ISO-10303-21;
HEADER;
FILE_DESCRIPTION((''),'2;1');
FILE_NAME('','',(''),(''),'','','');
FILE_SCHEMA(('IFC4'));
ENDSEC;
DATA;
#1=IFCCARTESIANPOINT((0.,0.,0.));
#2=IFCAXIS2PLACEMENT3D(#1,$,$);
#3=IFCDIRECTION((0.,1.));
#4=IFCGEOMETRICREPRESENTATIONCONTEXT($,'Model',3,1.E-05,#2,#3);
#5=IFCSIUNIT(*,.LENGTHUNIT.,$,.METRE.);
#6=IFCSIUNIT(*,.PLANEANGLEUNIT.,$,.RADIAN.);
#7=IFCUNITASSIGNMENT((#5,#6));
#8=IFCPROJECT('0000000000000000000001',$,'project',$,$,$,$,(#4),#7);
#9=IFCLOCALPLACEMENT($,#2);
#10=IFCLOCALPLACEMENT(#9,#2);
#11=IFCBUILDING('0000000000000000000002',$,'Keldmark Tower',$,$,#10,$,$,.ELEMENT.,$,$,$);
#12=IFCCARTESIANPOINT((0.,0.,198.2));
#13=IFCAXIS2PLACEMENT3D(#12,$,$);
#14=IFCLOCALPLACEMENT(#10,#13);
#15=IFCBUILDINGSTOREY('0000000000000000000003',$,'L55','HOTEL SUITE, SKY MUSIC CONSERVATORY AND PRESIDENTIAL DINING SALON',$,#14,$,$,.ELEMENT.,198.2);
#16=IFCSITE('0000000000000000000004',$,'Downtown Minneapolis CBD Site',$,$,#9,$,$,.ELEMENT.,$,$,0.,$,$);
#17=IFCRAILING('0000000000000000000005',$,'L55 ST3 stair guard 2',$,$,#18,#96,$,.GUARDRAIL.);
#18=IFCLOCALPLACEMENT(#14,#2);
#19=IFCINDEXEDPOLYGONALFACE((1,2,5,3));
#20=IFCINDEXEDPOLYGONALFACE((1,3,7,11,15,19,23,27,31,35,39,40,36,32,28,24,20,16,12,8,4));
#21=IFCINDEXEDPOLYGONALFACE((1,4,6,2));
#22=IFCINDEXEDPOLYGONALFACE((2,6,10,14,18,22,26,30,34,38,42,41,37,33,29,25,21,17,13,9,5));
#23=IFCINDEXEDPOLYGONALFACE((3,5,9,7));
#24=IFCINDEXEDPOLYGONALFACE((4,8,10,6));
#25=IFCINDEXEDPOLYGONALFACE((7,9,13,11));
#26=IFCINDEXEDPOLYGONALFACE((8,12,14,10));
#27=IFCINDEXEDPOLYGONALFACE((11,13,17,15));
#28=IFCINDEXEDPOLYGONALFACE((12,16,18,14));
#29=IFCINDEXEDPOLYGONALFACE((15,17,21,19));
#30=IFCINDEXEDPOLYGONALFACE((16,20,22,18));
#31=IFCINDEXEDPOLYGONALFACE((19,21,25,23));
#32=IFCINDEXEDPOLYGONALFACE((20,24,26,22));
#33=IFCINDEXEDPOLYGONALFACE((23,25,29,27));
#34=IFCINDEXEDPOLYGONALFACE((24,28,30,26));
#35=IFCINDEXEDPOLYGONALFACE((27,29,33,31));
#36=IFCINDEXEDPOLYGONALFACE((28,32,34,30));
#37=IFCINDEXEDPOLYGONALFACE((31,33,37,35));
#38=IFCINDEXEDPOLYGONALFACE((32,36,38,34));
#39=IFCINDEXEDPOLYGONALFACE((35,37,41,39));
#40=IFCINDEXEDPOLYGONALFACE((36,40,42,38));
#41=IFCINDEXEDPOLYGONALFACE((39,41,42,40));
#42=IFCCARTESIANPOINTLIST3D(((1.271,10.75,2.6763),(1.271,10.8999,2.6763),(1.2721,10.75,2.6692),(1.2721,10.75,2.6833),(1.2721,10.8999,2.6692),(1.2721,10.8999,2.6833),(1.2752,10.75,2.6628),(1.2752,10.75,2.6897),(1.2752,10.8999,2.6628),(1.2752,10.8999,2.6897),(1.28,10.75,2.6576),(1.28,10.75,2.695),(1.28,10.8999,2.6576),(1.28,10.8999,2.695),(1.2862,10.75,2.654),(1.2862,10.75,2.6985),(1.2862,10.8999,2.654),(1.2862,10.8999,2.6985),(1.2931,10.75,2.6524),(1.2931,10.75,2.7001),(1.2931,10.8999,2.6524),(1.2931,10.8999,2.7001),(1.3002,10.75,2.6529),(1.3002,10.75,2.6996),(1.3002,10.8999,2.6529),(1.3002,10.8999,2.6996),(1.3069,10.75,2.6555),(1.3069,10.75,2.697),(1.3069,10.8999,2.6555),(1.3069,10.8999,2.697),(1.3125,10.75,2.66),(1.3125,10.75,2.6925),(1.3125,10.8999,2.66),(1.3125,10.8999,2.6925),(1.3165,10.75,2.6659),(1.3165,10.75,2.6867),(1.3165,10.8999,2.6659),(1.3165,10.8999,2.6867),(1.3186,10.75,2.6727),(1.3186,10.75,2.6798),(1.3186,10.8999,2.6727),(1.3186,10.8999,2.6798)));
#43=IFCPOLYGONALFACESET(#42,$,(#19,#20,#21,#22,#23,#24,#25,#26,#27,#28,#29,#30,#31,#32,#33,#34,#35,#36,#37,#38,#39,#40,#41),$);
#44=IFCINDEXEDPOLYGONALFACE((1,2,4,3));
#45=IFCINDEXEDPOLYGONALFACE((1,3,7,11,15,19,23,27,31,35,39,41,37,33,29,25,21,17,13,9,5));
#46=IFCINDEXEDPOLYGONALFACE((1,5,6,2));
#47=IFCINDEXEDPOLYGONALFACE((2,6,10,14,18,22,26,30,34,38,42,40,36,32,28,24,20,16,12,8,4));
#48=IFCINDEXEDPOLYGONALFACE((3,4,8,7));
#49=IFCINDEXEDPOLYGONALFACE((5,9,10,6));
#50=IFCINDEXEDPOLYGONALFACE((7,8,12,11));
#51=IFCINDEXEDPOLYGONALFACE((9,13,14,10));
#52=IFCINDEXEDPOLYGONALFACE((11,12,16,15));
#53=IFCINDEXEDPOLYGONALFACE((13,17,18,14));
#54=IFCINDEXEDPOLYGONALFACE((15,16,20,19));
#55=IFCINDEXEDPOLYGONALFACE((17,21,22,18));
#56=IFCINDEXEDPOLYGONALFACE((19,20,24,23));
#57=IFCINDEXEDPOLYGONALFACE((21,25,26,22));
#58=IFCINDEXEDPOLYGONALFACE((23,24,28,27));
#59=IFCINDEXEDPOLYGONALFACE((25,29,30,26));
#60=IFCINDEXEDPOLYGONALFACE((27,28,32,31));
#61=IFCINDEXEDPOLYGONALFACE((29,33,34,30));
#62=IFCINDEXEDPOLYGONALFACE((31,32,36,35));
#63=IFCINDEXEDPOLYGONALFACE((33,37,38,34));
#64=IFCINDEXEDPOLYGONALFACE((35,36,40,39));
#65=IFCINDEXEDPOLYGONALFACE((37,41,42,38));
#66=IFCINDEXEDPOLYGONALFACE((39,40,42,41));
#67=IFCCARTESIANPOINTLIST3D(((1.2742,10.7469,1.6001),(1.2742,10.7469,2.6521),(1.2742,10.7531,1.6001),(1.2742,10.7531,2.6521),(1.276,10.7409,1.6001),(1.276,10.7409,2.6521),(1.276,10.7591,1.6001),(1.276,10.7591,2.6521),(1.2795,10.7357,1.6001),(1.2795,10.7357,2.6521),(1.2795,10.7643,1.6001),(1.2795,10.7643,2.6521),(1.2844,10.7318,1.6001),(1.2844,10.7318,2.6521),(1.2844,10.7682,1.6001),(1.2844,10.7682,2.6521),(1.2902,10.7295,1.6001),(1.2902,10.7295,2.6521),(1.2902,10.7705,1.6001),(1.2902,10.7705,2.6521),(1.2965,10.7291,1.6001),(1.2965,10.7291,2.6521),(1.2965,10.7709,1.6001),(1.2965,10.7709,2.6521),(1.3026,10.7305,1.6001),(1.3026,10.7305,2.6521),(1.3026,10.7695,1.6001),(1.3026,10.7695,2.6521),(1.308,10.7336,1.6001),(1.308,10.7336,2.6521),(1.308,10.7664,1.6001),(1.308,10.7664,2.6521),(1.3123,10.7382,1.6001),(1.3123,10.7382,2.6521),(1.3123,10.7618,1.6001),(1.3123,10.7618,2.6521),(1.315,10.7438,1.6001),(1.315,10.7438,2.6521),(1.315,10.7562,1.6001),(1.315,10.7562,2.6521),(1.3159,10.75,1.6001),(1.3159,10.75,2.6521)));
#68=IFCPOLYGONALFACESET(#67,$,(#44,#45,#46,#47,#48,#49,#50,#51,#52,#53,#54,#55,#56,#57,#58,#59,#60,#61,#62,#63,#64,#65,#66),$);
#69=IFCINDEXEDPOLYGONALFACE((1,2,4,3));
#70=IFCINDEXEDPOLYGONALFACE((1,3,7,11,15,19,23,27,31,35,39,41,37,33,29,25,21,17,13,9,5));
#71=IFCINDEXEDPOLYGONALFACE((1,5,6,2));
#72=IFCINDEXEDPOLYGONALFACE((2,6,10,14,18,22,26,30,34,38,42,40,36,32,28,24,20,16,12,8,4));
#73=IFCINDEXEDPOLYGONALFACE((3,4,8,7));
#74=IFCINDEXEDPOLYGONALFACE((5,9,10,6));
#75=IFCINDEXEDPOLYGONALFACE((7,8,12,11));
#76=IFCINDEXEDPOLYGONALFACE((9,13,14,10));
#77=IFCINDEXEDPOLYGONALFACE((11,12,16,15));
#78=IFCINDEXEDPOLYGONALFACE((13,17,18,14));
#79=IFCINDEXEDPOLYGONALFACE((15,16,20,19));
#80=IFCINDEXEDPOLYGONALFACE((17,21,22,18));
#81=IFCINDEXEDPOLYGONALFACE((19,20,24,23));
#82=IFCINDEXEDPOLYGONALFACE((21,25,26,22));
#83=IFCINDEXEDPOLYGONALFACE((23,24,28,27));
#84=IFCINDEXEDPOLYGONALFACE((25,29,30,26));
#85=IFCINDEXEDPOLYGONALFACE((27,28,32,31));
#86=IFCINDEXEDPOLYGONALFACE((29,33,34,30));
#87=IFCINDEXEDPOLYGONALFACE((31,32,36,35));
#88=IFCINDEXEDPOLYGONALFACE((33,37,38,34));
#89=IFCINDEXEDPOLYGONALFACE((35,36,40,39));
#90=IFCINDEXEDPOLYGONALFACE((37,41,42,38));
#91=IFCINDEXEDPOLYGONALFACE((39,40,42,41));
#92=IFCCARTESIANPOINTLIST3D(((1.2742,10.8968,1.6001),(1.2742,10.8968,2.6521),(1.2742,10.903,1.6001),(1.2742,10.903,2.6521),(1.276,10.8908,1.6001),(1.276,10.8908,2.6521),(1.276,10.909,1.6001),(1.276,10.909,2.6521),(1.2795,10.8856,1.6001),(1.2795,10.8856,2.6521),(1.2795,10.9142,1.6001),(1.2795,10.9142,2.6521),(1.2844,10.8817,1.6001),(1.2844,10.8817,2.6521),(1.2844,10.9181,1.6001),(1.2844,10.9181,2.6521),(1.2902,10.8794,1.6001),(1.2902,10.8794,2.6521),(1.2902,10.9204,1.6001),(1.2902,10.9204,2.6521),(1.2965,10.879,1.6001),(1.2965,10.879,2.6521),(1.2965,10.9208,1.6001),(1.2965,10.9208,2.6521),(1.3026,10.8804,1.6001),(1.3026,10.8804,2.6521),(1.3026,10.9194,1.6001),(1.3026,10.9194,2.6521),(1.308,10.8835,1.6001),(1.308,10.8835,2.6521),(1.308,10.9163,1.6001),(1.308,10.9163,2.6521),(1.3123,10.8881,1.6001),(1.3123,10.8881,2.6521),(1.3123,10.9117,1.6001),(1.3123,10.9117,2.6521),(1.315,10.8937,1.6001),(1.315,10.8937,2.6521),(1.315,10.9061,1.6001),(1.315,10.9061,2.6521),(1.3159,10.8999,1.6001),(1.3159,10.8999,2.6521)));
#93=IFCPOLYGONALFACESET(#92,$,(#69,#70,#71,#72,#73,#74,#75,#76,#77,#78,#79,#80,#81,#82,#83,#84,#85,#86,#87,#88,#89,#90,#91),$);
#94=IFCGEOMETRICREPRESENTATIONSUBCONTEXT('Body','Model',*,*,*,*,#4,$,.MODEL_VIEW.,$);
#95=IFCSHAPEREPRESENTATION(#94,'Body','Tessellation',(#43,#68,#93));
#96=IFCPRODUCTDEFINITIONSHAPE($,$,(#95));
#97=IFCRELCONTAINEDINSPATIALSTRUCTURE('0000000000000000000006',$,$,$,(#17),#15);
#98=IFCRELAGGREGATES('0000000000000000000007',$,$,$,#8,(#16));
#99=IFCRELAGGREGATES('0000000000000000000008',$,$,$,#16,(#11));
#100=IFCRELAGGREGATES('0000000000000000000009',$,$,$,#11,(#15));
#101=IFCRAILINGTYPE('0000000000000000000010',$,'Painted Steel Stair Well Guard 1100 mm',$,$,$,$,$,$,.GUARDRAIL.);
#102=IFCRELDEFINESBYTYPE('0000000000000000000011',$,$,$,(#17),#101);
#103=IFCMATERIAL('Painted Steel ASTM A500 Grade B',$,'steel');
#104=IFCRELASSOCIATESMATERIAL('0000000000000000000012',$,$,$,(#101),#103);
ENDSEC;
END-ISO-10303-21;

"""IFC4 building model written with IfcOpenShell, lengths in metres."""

from ifc_helpers import new_model, si_unit, direction, frame, origin, origin_2d, place, context, subcontext, project, spatial, circle, extrude, material, type_object, element, save


model = new_model("IFC4")

# Units and contexts
model_context = context("Model", 3, precision=1e-05, world=origin(), true_north=direction((0.0, 1.0)))
body_context = subcontext(model_context, "Body", "Model", "MODEL_VIEW")
ifc_project = project(units=[si_unit("LENGTHUNIT", "METRE"), si_unit("PLANEANGLEUNIT", "RADIAN")], contexts=[model_context])

# Site, building, storey
site_placement = place(None, origin())
site = spatial("IfcSite", under=ifc_project, at=site_placement, Name="Downtown Minneapolis CBD Site", CompositionType="ELEMENT", RefElevation=0.0)
building_placement = place(site_placement, origin())
building = spatial("IfcBuilding", under=site, at=building_placement, Name="Keldmark Tower", CompositionType="ELEMENT")
storey_placement = place(building_placement, frame((0.0, 0.0, 198.2)))
storey = spatial("IfcBuildingStorey", under=building, at=storey_placement, Name="L55", Description="HOTEL SUITE, SKY MUSIC CONSERVATORY AND PRESIDENTIAL DINING SALON", CompositionType="ELEMENT", Elevation=198.2)

# Railing
ifc_material_1 = material(Name="Painted Steel ASTM A500 Grade B", Category="steel")
railing_type_1 = type_object("IfcRailingType", Name="Painted Steel Stair Well Guard 1100 mm", PredefinedType="GUARDRAIL", material=ifc_material_1)
railing_1_placement = place(storey_placement, frame((1.2949, 10.75, 1.6001)))
element("IfcRailing", 1, at=railing_1_placement, inside=storey, type_object=railing_type_1, Name="L55 ST3 stair guard 2", PredefinedType="GUARDRAIL", context=body_context, shape_type="SweptSolid", body=[
    extrude(circle(Radius=0.0239, at=origin_2d()), frame((0.0, 0.0, 1.0762), z_axis=(0.0, 1.0, 0.0), x_axis=(-1.0, 0.0, 0.0)), (0.0, 0.0, 1.0), 0.1499),
    extrude(circle(Radius=0.021, at=origin_2d()), origin(), (0.0, 0.0, 1.0), 1.052),
    extrude(circle(Radius=0.021, at=origin_2d()), frame((0.0, 0.1499, 0.0)), (0.0, 0.0, 1.0), 1.052),
])

save(model, "model.ifc")
